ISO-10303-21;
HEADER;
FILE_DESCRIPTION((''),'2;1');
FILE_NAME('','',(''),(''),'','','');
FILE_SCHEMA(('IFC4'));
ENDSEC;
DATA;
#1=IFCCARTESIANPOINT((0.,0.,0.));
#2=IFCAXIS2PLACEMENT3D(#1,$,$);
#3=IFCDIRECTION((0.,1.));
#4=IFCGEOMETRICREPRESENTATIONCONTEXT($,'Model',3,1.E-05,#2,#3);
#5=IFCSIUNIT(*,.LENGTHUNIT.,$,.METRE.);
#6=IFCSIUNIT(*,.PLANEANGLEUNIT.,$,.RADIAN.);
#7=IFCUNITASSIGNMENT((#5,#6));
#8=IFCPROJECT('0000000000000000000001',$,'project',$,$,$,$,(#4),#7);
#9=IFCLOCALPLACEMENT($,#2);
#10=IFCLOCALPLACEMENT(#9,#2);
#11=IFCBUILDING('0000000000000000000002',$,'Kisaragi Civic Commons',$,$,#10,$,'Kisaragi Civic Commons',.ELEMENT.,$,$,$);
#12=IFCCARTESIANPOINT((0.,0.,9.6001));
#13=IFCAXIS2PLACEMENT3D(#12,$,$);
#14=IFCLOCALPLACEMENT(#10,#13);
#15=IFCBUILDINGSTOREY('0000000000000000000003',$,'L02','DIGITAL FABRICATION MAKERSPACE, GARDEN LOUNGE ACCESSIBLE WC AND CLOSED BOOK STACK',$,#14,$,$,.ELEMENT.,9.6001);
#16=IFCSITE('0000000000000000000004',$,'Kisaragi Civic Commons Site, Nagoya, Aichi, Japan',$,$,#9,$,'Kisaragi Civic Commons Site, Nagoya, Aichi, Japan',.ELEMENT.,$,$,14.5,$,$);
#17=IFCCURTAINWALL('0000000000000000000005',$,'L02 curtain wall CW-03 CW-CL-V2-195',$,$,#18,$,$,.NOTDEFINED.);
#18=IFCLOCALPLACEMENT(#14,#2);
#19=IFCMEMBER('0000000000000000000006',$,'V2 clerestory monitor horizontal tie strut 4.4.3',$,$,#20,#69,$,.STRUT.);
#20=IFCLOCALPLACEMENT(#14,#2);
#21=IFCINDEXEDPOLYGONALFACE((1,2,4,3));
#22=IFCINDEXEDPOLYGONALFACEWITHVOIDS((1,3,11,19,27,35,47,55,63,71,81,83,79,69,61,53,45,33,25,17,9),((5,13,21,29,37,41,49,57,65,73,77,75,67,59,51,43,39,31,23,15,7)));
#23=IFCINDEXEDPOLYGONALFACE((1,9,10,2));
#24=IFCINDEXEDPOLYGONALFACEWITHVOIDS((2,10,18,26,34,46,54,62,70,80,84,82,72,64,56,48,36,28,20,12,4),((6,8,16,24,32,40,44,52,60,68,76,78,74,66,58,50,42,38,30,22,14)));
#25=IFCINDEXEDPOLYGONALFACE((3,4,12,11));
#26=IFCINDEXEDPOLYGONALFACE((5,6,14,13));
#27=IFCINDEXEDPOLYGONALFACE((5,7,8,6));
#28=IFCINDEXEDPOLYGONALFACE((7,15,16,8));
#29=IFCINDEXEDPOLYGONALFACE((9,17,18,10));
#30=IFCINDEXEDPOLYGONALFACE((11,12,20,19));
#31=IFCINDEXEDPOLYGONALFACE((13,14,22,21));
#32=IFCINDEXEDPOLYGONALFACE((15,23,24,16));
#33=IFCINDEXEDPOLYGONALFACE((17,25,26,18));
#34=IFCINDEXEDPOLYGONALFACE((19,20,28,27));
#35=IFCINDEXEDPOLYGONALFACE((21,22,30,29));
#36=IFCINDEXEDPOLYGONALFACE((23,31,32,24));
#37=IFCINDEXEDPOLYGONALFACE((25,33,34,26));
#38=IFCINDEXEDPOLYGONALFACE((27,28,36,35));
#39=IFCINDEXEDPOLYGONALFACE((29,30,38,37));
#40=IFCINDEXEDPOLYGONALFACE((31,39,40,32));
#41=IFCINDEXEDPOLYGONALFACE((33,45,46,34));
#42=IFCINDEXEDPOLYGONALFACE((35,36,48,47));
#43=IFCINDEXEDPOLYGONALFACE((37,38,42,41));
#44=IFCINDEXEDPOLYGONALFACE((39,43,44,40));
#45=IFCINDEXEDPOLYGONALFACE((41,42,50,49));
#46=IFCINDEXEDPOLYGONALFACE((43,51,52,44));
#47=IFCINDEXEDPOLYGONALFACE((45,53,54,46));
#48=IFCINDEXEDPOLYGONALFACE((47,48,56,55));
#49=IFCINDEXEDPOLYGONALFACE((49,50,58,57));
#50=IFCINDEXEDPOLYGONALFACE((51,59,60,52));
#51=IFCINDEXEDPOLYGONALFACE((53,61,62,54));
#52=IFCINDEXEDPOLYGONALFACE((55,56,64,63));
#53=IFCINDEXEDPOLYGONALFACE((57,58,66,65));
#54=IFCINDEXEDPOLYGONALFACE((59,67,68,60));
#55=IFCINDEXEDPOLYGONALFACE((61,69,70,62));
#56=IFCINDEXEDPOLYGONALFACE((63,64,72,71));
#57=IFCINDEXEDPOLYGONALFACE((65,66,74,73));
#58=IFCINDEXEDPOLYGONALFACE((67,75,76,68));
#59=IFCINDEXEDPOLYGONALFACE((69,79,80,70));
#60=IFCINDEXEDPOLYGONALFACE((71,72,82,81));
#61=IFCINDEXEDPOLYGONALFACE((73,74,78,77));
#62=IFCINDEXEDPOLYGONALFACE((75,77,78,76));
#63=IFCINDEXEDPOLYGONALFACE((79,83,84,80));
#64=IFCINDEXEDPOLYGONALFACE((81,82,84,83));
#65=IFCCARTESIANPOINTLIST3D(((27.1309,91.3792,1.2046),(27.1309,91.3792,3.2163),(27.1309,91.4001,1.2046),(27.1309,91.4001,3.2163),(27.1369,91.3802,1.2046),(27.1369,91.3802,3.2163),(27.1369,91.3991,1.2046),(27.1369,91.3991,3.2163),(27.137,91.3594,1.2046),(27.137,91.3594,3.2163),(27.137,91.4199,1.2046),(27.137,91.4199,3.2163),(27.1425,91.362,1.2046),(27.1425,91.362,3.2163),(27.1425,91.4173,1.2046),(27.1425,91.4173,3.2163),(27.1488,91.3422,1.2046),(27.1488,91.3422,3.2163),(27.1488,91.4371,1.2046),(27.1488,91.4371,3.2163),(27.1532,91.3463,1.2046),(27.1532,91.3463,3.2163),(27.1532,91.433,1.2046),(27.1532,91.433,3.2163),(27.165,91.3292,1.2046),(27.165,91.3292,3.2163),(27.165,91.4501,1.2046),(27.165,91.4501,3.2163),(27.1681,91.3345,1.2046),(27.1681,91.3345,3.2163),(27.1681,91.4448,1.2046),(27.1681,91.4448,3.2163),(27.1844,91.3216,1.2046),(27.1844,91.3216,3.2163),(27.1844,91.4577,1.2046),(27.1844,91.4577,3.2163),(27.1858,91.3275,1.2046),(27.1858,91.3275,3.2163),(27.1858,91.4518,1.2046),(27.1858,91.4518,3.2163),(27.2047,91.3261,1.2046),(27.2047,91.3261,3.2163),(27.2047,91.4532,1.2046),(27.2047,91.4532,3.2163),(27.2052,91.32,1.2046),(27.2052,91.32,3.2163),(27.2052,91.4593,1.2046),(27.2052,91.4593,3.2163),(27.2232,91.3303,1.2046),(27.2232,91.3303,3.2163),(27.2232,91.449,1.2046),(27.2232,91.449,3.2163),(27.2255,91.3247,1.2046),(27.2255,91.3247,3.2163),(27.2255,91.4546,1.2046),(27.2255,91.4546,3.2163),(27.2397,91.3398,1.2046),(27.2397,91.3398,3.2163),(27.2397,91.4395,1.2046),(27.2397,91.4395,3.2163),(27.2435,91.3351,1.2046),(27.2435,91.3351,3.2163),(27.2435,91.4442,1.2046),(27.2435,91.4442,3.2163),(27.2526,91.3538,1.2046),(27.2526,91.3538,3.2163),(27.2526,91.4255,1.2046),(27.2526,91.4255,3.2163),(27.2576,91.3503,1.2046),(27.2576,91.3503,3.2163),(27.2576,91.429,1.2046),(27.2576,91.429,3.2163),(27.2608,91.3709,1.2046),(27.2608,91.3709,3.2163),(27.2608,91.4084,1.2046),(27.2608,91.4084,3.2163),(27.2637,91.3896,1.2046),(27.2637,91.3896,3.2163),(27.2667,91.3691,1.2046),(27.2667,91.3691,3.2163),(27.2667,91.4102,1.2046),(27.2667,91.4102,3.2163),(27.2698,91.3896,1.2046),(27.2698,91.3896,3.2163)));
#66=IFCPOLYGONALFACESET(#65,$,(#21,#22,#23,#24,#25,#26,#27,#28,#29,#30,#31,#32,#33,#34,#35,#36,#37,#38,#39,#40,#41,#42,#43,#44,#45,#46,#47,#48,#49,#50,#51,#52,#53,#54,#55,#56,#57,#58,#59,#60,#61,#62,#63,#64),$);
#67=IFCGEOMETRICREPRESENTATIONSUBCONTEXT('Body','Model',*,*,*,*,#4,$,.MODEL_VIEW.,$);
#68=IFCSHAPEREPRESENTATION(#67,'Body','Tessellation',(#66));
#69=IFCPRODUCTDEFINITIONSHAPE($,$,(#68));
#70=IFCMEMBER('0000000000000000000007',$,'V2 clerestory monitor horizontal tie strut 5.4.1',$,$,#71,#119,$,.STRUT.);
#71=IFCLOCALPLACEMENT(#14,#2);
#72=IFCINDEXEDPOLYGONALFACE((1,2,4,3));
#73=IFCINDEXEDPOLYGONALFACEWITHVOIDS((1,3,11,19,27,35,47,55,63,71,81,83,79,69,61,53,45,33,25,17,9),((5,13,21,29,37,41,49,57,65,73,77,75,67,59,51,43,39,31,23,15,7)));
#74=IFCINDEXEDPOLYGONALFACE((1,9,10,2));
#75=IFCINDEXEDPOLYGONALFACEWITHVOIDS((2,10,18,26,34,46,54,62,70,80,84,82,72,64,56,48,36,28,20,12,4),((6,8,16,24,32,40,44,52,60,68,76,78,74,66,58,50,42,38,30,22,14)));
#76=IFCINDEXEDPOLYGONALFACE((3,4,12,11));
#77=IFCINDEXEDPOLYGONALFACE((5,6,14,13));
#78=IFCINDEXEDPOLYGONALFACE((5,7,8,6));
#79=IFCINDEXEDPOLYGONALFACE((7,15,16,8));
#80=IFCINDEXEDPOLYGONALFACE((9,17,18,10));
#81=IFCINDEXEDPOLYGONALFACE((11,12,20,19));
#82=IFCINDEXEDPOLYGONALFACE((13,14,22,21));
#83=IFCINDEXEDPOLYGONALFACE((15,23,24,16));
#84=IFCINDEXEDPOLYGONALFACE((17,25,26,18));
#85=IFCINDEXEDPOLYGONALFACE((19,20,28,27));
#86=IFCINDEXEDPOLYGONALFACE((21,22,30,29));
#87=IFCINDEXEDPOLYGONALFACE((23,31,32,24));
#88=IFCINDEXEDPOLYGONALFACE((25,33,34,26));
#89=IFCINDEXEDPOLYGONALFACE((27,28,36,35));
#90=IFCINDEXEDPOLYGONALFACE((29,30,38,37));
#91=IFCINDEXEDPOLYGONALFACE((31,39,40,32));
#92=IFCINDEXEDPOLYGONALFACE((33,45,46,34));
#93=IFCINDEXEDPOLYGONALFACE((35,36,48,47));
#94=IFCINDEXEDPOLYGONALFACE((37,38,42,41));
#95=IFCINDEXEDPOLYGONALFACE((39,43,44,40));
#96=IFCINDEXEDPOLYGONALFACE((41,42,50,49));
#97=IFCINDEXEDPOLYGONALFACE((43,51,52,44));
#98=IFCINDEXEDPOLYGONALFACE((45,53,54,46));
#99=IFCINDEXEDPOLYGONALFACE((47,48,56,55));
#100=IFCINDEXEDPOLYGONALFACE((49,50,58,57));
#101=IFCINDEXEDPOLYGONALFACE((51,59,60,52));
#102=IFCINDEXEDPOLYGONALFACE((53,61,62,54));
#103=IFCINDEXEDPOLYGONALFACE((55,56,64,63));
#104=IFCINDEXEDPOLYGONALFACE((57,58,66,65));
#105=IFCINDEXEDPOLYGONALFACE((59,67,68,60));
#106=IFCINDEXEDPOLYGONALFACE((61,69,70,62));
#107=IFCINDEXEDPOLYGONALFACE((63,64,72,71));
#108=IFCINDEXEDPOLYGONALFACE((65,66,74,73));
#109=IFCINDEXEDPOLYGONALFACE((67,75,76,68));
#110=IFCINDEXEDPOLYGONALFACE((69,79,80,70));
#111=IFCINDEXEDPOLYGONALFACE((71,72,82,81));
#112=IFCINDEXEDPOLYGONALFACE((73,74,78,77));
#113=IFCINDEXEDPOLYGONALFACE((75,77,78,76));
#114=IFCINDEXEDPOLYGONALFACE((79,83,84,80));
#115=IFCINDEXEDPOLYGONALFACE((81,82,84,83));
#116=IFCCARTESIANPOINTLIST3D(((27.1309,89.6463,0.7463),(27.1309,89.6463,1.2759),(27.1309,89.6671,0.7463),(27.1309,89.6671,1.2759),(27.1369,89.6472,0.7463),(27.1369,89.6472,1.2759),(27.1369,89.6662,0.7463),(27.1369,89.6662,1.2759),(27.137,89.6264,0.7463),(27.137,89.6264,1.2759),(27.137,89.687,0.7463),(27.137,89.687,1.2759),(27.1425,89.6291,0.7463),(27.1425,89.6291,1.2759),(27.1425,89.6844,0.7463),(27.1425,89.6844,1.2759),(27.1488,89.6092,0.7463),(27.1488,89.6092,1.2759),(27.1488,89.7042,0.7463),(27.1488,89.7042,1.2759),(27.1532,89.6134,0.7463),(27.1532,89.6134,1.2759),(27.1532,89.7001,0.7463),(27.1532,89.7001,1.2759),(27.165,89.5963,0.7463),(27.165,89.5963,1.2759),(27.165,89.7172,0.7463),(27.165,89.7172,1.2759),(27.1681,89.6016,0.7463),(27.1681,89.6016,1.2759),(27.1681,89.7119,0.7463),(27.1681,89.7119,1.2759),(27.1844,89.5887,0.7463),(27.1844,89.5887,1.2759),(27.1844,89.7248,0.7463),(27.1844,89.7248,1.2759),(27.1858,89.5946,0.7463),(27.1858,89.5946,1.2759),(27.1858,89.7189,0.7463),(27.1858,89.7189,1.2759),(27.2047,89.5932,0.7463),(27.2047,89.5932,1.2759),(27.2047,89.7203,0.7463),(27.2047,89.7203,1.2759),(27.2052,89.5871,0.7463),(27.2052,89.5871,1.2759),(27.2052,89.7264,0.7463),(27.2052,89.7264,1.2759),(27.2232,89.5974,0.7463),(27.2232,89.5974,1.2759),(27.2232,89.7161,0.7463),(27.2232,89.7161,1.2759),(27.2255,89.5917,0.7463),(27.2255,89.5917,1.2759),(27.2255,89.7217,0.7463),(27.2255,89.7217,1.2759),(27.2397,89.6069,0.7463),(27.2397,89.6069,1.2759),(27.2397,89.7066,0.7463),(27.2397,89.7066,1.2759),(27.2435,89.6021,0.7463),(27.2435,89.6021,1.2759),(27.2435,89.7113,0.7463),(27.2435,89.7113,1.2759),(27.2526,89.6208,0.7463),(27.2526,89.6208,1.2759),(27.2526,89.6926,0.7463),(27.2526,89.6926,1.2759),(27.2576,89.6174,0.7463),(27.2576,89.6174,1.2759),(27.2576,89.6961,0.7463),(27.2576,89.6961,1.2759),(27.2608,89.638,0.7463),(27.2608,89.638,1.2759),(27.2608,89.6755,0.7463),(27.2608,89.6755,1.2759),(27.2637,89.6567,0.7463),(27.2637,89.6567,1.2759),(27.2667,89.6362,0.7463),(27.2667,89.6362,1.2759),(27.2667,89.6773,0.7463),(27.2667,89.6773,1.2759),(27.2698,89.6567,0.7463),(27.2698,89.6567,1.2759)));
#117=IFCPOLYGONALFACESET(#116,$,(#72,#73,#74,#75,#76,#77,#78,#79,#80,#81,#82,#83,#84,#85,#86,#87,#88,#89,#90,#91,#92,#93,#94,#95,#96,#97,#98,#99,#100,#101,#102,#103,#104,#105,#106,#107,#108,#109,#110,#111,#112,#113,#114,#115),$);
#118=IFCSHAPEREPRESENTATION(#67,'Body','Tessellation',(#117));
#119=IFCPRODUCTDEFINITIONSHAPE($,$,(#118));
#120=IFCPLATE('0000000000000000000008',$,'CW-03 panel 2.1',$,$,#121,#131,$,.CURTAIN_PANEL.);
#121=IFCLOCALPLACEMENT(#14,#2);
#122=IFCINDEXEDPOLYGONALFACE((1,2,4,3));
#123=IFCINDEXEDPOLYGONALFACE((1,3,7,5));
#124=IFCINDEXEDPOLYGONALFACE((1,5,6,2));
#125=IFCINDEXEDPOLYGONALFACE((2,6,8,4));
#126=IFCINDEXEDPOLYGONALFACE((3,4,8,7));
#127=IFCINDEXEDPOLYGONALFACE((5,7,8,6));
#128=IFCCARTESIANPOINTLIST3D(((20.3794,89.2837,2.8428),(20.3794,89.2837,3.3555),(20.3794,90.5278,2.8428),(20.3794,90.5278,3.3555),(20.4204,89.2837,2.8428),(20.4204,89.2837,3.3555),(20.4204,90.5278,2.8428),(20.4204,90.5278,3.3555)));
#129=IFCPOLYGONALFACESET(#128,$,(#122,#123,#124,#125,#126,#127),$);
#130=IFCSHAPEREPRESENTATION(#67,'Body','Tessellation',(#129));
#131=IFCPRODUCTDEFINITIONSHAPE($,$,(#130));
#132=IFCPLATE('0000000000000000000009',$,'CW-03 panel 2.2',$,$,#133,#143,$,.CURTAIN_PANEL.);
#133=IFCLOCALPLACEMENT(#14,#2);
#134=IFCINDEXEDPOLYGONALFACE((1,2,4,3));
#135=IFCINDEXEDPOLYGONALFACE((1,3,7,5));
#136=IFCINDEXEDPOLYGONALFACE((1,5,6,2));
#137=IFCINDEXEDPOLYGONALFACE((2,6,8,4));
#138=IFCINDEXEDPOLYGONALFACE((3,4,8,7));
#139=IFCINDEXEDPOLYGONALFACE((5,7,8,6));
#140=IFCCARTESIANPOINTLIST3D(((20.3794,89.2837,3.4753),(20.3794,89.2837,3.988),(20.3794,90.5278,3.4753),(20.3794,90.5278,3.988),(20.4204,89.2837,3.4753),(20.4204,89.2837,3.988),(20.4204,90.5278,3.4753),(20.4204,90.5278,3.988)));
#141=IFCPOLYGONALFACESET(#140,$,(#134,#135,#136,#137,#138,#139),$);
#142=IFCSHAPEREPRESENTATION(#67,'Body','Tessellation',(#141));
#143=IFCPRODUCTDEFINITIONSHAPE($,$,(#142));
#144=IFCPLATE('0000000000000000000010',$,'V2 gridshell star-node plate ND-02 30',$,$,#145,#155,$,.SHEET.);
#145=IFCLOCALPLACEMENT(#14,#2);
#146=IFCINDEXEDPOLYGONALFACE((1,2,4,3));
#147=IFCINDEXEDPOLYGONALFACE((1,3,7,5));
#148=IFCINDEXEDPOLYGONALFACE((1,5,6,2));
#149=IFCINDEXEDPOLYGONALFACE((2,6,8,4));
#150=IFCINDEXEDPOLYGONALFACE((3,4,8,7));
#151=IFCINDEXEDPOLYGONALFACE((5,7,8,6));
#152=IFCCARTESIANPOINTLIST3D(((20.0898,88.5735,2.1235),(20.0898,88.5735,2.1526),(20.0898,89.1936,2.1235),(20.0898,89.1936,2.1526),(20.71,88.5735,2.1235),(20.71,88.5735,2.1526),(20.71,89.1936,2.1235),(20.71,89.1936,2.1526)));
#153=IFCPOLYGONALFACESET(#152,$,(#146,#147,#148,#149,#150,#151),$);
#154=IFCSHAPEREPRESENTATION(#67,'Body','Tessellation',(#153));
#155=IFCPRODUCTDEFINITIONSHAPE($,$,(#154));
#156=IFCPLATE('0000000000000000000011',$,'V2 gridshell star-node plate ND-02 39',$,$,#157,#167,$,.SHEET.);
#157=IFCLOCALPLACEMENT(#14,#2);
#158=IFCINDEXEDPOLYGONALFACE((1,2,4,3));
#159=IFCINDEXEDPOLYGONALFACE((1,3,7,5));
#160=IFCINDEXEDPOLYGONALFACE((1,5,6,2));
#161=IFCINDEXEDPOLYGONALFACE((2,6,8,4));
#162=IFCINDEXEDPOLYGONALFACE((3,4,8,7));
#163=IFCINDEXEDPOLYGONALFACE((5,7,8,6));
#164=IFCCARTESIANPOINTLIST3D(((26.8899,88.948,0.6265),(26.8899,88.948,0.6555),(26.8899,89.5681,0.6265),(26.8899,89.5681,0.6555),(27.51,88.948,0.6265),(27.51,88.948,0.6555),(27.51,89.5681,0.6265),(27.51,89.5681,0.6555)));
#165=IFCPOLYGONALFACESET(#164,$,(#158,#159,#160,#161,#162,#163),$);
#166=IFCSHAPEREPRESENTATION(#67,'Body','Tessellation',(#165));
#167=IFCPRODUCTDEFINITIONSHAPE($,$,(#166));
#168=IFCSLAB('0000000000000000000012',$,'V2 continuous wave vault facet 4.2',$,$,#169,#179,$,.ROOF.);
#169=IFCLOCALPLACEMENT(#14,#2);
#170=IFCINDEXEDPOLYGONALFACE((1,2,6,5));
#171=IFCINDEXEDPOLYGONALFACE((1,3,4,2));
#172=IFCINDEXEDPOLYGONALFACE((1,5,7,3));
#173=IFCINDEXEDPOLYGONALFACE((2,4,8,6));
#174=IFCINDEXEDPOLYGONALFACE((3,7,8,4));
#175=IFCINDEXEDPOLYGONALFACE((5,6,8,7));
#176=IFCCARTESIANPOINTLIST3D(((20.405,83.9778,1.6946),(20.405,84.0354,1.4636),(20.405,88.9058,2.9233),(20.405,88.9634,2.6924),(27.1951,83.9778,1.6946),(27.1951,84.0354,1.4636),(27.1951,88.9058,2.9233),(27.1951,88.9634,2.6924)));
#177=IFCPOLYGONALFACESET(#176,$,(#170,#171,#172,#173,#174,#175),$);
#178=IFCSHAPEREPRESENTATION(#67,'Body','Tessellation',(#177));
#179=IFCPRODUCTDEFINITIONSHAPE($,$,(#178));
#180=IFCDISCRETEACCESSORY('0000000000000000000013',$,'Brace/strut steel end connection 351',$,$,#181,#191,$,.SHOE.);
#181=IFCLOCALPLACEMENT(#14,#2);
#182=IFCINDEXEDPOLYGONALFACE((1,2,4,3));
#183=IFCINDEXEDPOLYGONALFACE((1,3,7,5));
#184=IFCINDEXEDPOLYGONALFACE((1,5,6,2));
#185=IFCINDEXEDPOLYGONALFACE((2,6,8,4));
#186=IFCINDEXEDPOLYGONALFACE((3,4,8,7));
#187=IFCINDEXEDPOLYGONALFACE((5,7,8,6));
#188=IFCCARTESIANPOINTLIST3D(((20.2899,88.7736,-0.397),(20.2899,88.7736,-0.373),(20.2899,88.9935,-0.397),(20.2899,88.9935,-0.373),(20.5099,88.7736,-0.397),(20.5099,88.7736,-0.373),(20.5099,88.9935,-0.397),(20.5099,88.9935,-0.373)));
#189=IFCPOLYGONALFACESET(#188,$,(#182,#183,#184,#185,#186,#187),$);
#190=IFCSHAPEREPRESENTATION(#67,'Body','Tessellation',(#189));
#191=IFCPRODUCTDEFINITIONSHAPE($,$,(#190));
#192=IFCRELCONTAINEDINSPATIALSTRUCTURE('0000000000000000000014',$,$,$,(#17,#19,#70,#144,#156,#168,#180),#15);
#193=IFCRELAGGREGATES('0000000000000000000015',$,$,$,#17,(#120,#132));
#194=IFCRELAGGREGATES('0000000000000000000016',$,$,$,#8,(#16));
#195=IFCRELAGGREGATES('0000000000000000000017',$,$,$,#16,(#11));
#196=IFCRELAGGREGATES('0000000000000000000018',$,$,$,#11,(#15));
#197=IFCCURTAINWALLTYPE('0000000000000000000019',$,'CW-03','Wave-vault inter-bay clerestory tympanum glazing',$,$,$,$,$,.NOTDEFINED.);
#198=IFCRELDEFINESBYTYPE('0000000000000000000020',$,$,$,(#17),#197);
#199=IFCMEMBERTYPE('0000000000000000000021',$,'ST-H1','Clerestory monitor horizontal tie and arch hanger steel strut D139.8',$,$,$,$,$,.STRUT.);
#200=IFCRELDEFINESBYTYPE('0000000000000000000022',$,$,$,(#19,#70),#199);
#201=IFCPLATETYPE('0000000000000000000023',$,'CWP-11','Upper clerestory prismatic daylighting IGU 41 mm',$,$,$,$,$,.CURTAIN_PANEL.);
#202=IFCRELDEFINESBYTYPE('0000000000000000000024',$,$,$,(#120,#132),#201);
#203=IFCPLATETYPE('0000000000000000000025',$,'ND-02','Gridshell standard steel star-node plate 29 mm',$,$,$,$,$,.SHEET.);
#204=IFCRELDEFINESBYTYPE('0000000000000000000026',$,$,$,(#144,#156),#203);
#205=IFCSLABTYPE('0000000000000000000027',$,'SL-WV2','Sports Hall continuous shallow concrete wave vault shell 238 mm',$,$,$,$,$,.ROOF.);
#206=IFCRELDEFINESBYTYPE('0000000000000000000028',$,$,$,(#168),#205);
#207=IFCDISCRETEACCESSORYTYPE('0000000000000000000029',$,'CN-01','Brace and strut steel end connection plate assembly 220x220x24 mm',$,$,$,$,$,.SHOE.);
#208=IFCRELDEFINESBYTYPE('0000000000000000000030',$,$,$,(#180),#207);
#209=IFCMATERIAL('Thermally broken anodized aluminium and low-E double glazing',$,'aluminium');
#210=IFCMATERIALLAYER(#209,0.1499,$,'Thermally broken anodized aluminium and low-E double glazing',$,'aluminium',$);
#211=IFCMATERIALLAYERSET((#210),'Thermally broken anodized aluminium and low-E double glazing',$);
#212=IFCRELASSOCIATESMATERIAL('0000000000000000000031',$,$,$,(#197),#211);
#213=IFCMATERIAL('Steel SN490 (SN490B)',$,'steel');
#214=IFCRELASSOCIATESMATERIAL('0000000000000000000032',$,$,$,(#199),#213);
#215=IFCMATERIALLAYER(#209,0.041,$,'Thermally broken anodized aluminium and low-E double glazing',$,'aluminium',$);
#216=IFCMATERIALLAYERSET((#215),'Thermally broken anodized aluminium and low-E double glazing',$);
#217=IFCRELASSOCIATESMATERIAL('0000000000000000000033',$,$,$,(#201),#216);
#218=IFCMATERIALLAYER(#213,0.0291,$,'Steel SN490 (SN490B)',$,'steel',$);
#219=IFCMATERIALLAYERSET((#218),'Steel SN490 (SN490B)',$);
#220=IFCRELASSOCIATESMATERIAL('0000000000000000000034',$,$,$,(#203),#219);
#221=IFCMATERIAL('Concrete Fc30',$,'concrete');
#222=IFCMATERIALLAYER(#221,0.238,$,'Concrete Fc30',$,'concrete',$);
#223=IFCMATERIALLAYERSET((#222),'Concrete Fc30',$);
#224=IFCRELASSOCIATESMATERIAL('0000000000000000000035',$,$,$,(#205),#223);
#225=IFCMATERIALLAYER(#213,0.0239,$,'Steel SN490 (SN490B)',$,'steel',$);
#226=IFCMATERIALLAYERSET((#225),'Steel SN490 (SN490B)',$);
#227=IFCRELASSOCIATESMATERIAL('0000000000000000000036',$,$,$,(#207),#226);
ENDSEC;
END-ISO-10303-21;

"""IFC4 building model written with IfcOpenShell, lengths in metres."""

from ifc_helpers import new_model, si_unit, direction, frame, origin, origin_2d, place, context, subcontext, project, spatial, polyline, rectangle, hollow_circle, outline, extrude, material, layer, layer_set, material_profile, profile_set, type_object, element, aggregate, save


model = new_model("IFC4")

# Units and contexts
model_context = context("Model", 3, precision=1e-05, world=origin(), true_north=direction((0.0, 1.0)))
body_context = subcontext(model_context, "Body", "Model", "MODEL_VIEW")
ifc_project = project(units=[si_unit("LENGTHUNIT", "METRE"), si_unit("PLANEANGLEUNIT", "RADIAN")], contexts=[model_context])

# Site, building, storey
site_placement = place(None, origin())
site = spatial("IfcSite", under=ifc_project, at=site_placement, Name="Kisaragi Civic Commons Site, Nagoya, Aichi, Japan", LongName="Kisaragi Civic Commons Site, Nagoya, Aichi, Japan", CompositionType="ELEMENT", RefElevation=14.5)
building_placement = place(site_placement, origin())
building = spatial("IfcBuilding", under=site, at=building_placement, Name="Kisaragi Civic Commons", LongName="Kisaragi Civic Commons", CompositionType="ELEMENT")
storey_placement = place(building_placement, frame((0.0, 0.0, 9.6001)))
storey = spatial("IfcBuildingStorey", under=building, at=storey_placement, Name="L02", Description="DIGITAL FABRICATION MAKERSPACE, GARDEN LOUNGE ACCESSIBLE WC AND CLOSED BOOK STACK", CompositionType="ELEMENT", Elevation=9.6001)

# Curtain wall
ifc_material_1 = material(Name="Thermally broken anodized aluminium and low-E double glazing", Category="aluminium")
ifc_layer_1 = layer(ifc_material_1, 0.1499, Name="Thermally broken anodized aluminium and low-E double glazing", Category="aluminium")
ifc_layer_set_1 = layer_set([ifc_layer_1], Name="Thermally broken anodized aluminium and low-E double glazing")
curtain_wall_type = type_object("IfcCurtainWallType", Name="CW-03", Description="Wave-vault inter-bay clerestory tympanum glazing", PredefinedType="NOTDEFINED", material=ifc_layer_set_1)
curtain_wall_1_placement = place(storey_placement, origin())
curtain_wall_1 = element("IfcCurtainWall", 1, at=curtain_wall_1_placement, inside=storey, type_object=curtain_wall_type, Name="L02 curtain wall CW-03 CW-CL-V2-195", PredefinedType="NOTDEFINED")

# Members
ifc_material_2 = material(Name="Steel SN490 (SN490B)", Category="steel")
ifc_material_profile_1 = material_profile(ifc_material_2, hollow_circle(Radius=0.0698, WallThickness=0.0061, at=origin_2d()), Name="CHS-139.8x6.0", Category="steel")
ifc_profile_set_1 = profile_set([ifc_material_profile_1], Name="Steel SN490 (SN490B)")
member_type_1 = type_object("IfcMemberType", Name="ST-H1", Description="Clerestory monitor horizontal tie and arch hanger steel strut D139.8", PredefinedType="STRUT", material=ifc_profile_set_1)
member_1_placement = place(storey_placement, frame((27.2, 91.3896, 1.2046), z_axis=(0.0, 0.0, 1.0), x_axis=(1.0, 0.0, 0.0)))
element("IfcMember", 2, at=member_1_placement, inside=storey, type_object=member_type_1, Name="V2 clerestory monitor horizontal tie strut 4.4.3", PredefinedType="STRUT", context=body_context, shape_type="SweptSolid", body=[
    extrude(hollow_circle(Radius=0.0698, WallThickness=0.0061, at=origin_2d()), origin(), (0.0, 0.0, 1.0), 2.0117),
])
member_2_placement = place(storey_placement, frame((27.2, 89.6567, 0.7463), z_axis=(0.0, 0.0, 1.0), x_axis=(1.0, 0.0, 0.0)))
element("IfcMember", 3, at=member_2_placement, inside=storey, type_object=member_type_1, Name="V2 clerestory monitor horizontal tie strut 5.4.1", PredefinedType="STRUT", context=body_context, shape_type="SweptSolid", body=[
    extrude(hollow_circle(Radius=0.0698, WallThickness=0.0061, at=origin_2d()), origin(), (0.0, 0.0, 1.0), 0.5295),
])

# Plates
ifc_layer_2 = layer(ifc_material_1, 0.041, Name="Thermally broken anodized aluminium and low-E double glazing", Category="aluminium")
ifc_layer_set_2 = layer_set([ifc_layer_2], Name="Thermally broken anodized aluminium and low-E double glazing")
plate_type_1 = type_object("IfcPlateType", Name="CWP-11", Description="Upper clerestory prismatic daylighting IGU 41 mm", PredefinedType="CURTAIN_PANEL", material=ifc_layer_set_2)
plate_1_placement = place(storey_placement, frame((20.3999, 89.9058, 2.8428), z_axis=(0.0, 0.0, 1.0), x_axis=(0.0, 1.0, 0.0)))
plate_1 = element("IfcPlate", 4, at=plate_1_placement, type_object=plate_type_1, Name="CW-03 panel 2.1", PredefinedType="CURTAIN_PANEL", context=body_context, shape_type="SweptSolid", body=[
    extrude(rectangle(XDim=1.2441, YDim=0.041, at=origin_2d()), origin(), (0.0, 0.0, 1.0), 0.5127),
])
plate_2_placement = place(storey_placement, frame((20.3999, 89.9058, 3.4753), z_axis=(0.0, 0.0, 1.0), x_axis=(0.0, 1.0, 0.0)))
plate_2 = element("IfcPlate", 5, at=plate_2_placement, type_object=plate_type_1, Name="CW-03 panel 2.2", PredefinedType="CURTAIN_PANEL", context=body_context, shape_type="SweptSolid", body=[
    extrude(rectangle(XDim=1.2441, YDim=0.041, at=origin_2d()), origin(), (0.0, 0.0, 1.0), 0.5127),
])
aggregate(curtain_wall_1, [plate_1, plate_2])

# Plates
ifc_layer_3 = layer(ifc_material_2, 0.0291, Name="Steel SN490 (SN490B)", Category="steel")
ifc_layer_set_3 = layer_set([ifc_layer_3], Name="Steel SN490 (SN490B)")
plate_type_2 = type_object("IfcPlateType", Name="ND-02", Description="Gridshell standard steel star-node plate 29 mm", PredefinedType="SHEET", material=ifc_layer_set_3)
for number, where, z_axis, x_axis, name in (
    (6, (20.3999, 88.8835, 2.1235), (0.0, 0.0, 1.0), (1.0, 0.0, 0.0), "V2 gridshell star-node plate ND-02 30"),
    (7, (27.2, 89.2581, 0.6265), (0.0, 0.0, 1.0), (1.0, 0.0, 0.0), "V2 gridshell star-node plate ND-02 39"),
):
    element("IfcPlate", number, at=place(storey_placement, frame(where, z_axis=z_axis, x_axis=x_axis)), inside=storey, type_object=plate_type_2, Name=name, PredefinedType="SHEET", context=body_context, shape_type="SweptSolid", body=[
        extrude(rectangle(XDim=0.6201, YDim=0.6201, at=origin_2d()), origin(), (0.0, 0.0, 1.0), 0.0291),
    ])

# Slab
ifc_material_3 = material(Name="Concrete Fc30", Category="concrete")
ifc_layer_4 = layer(ifc_material_3, 0.238, Name="Concrete Fc30", Category="concrete")
ifc_layer_set_4 = layer_set([ifc_layer_4], Name="Concrete Fc30")
slab_type = type_object("IfcSlabType", Name="SL-WV2", Description="Sports Hall continuous shallow concrete wave vault shell 238 mm", PredefinedType="ROOF", material=ifc_layer_set_4)
slab_placement = place(storey_placement, frame((27.1951, 88.9058, 2.9233), z_axis=(0.0, -0.241936, 0.970292), x_axis=(-1.0, 0.0, 0.0)))
element("IfcSlab", 8, at=slab_placement, inside=storey, type_object=slab_type, Name="V2 continuous wave vault facet 4.2", PredefinedType="ROOF", context=body_context, shape_type="SweptSolid", body=[
    extrude(outline(polyline([(0.0, 0.0), (6.79, 0.0), (6.79, 5.0789), (0.0, 5.0789), (0.0, 0.0)])), origin(), (0.0, 0.0, -1.0), 0.238),
])

# Discrete accessory
ifc_layer_5 = layer(ifc_material_2, 0.0239, Name="Steel SN490 (SN490B)", Category="steel")
ifc_layer_set_5 = layer_set([ifc_layer_5], Name="Steel SN490 (SN490B)")
discrete_accessory_type = type_object("IfcDiscreteAccessoryType", Name="CN-01", Description="Brace and strut steel end connection plate assembly 220x220x24 mm", PredefinedType="SHOE", material=ifc_layer_set_5)
for number, where, z_axis, x_axis, name in (
    (9, (20.3999, 88.8835, -0.397), (0.0, 0.0, 1.0), (1.0, 0.0, 0.0), "Brace/strut steel end connection 351"),
):
    element("IfcDiscreteAccessory", number, at=place(storey_placement, frame(where, z_axis=z_axis, x_axis=x_axis)), inside=storey, type_object=discrete_accessory_type, Name=name, PredefinedType="SHOE", context=body_context, shape_type="SweptSolid", body=[
        extrude(rectangle(XDim=0.22, YDim=0.22, at=origin_2d()), origin(), (0.0, 0.0, 1.0), 0.0239),
    ])

save(model, "model.ifc")
